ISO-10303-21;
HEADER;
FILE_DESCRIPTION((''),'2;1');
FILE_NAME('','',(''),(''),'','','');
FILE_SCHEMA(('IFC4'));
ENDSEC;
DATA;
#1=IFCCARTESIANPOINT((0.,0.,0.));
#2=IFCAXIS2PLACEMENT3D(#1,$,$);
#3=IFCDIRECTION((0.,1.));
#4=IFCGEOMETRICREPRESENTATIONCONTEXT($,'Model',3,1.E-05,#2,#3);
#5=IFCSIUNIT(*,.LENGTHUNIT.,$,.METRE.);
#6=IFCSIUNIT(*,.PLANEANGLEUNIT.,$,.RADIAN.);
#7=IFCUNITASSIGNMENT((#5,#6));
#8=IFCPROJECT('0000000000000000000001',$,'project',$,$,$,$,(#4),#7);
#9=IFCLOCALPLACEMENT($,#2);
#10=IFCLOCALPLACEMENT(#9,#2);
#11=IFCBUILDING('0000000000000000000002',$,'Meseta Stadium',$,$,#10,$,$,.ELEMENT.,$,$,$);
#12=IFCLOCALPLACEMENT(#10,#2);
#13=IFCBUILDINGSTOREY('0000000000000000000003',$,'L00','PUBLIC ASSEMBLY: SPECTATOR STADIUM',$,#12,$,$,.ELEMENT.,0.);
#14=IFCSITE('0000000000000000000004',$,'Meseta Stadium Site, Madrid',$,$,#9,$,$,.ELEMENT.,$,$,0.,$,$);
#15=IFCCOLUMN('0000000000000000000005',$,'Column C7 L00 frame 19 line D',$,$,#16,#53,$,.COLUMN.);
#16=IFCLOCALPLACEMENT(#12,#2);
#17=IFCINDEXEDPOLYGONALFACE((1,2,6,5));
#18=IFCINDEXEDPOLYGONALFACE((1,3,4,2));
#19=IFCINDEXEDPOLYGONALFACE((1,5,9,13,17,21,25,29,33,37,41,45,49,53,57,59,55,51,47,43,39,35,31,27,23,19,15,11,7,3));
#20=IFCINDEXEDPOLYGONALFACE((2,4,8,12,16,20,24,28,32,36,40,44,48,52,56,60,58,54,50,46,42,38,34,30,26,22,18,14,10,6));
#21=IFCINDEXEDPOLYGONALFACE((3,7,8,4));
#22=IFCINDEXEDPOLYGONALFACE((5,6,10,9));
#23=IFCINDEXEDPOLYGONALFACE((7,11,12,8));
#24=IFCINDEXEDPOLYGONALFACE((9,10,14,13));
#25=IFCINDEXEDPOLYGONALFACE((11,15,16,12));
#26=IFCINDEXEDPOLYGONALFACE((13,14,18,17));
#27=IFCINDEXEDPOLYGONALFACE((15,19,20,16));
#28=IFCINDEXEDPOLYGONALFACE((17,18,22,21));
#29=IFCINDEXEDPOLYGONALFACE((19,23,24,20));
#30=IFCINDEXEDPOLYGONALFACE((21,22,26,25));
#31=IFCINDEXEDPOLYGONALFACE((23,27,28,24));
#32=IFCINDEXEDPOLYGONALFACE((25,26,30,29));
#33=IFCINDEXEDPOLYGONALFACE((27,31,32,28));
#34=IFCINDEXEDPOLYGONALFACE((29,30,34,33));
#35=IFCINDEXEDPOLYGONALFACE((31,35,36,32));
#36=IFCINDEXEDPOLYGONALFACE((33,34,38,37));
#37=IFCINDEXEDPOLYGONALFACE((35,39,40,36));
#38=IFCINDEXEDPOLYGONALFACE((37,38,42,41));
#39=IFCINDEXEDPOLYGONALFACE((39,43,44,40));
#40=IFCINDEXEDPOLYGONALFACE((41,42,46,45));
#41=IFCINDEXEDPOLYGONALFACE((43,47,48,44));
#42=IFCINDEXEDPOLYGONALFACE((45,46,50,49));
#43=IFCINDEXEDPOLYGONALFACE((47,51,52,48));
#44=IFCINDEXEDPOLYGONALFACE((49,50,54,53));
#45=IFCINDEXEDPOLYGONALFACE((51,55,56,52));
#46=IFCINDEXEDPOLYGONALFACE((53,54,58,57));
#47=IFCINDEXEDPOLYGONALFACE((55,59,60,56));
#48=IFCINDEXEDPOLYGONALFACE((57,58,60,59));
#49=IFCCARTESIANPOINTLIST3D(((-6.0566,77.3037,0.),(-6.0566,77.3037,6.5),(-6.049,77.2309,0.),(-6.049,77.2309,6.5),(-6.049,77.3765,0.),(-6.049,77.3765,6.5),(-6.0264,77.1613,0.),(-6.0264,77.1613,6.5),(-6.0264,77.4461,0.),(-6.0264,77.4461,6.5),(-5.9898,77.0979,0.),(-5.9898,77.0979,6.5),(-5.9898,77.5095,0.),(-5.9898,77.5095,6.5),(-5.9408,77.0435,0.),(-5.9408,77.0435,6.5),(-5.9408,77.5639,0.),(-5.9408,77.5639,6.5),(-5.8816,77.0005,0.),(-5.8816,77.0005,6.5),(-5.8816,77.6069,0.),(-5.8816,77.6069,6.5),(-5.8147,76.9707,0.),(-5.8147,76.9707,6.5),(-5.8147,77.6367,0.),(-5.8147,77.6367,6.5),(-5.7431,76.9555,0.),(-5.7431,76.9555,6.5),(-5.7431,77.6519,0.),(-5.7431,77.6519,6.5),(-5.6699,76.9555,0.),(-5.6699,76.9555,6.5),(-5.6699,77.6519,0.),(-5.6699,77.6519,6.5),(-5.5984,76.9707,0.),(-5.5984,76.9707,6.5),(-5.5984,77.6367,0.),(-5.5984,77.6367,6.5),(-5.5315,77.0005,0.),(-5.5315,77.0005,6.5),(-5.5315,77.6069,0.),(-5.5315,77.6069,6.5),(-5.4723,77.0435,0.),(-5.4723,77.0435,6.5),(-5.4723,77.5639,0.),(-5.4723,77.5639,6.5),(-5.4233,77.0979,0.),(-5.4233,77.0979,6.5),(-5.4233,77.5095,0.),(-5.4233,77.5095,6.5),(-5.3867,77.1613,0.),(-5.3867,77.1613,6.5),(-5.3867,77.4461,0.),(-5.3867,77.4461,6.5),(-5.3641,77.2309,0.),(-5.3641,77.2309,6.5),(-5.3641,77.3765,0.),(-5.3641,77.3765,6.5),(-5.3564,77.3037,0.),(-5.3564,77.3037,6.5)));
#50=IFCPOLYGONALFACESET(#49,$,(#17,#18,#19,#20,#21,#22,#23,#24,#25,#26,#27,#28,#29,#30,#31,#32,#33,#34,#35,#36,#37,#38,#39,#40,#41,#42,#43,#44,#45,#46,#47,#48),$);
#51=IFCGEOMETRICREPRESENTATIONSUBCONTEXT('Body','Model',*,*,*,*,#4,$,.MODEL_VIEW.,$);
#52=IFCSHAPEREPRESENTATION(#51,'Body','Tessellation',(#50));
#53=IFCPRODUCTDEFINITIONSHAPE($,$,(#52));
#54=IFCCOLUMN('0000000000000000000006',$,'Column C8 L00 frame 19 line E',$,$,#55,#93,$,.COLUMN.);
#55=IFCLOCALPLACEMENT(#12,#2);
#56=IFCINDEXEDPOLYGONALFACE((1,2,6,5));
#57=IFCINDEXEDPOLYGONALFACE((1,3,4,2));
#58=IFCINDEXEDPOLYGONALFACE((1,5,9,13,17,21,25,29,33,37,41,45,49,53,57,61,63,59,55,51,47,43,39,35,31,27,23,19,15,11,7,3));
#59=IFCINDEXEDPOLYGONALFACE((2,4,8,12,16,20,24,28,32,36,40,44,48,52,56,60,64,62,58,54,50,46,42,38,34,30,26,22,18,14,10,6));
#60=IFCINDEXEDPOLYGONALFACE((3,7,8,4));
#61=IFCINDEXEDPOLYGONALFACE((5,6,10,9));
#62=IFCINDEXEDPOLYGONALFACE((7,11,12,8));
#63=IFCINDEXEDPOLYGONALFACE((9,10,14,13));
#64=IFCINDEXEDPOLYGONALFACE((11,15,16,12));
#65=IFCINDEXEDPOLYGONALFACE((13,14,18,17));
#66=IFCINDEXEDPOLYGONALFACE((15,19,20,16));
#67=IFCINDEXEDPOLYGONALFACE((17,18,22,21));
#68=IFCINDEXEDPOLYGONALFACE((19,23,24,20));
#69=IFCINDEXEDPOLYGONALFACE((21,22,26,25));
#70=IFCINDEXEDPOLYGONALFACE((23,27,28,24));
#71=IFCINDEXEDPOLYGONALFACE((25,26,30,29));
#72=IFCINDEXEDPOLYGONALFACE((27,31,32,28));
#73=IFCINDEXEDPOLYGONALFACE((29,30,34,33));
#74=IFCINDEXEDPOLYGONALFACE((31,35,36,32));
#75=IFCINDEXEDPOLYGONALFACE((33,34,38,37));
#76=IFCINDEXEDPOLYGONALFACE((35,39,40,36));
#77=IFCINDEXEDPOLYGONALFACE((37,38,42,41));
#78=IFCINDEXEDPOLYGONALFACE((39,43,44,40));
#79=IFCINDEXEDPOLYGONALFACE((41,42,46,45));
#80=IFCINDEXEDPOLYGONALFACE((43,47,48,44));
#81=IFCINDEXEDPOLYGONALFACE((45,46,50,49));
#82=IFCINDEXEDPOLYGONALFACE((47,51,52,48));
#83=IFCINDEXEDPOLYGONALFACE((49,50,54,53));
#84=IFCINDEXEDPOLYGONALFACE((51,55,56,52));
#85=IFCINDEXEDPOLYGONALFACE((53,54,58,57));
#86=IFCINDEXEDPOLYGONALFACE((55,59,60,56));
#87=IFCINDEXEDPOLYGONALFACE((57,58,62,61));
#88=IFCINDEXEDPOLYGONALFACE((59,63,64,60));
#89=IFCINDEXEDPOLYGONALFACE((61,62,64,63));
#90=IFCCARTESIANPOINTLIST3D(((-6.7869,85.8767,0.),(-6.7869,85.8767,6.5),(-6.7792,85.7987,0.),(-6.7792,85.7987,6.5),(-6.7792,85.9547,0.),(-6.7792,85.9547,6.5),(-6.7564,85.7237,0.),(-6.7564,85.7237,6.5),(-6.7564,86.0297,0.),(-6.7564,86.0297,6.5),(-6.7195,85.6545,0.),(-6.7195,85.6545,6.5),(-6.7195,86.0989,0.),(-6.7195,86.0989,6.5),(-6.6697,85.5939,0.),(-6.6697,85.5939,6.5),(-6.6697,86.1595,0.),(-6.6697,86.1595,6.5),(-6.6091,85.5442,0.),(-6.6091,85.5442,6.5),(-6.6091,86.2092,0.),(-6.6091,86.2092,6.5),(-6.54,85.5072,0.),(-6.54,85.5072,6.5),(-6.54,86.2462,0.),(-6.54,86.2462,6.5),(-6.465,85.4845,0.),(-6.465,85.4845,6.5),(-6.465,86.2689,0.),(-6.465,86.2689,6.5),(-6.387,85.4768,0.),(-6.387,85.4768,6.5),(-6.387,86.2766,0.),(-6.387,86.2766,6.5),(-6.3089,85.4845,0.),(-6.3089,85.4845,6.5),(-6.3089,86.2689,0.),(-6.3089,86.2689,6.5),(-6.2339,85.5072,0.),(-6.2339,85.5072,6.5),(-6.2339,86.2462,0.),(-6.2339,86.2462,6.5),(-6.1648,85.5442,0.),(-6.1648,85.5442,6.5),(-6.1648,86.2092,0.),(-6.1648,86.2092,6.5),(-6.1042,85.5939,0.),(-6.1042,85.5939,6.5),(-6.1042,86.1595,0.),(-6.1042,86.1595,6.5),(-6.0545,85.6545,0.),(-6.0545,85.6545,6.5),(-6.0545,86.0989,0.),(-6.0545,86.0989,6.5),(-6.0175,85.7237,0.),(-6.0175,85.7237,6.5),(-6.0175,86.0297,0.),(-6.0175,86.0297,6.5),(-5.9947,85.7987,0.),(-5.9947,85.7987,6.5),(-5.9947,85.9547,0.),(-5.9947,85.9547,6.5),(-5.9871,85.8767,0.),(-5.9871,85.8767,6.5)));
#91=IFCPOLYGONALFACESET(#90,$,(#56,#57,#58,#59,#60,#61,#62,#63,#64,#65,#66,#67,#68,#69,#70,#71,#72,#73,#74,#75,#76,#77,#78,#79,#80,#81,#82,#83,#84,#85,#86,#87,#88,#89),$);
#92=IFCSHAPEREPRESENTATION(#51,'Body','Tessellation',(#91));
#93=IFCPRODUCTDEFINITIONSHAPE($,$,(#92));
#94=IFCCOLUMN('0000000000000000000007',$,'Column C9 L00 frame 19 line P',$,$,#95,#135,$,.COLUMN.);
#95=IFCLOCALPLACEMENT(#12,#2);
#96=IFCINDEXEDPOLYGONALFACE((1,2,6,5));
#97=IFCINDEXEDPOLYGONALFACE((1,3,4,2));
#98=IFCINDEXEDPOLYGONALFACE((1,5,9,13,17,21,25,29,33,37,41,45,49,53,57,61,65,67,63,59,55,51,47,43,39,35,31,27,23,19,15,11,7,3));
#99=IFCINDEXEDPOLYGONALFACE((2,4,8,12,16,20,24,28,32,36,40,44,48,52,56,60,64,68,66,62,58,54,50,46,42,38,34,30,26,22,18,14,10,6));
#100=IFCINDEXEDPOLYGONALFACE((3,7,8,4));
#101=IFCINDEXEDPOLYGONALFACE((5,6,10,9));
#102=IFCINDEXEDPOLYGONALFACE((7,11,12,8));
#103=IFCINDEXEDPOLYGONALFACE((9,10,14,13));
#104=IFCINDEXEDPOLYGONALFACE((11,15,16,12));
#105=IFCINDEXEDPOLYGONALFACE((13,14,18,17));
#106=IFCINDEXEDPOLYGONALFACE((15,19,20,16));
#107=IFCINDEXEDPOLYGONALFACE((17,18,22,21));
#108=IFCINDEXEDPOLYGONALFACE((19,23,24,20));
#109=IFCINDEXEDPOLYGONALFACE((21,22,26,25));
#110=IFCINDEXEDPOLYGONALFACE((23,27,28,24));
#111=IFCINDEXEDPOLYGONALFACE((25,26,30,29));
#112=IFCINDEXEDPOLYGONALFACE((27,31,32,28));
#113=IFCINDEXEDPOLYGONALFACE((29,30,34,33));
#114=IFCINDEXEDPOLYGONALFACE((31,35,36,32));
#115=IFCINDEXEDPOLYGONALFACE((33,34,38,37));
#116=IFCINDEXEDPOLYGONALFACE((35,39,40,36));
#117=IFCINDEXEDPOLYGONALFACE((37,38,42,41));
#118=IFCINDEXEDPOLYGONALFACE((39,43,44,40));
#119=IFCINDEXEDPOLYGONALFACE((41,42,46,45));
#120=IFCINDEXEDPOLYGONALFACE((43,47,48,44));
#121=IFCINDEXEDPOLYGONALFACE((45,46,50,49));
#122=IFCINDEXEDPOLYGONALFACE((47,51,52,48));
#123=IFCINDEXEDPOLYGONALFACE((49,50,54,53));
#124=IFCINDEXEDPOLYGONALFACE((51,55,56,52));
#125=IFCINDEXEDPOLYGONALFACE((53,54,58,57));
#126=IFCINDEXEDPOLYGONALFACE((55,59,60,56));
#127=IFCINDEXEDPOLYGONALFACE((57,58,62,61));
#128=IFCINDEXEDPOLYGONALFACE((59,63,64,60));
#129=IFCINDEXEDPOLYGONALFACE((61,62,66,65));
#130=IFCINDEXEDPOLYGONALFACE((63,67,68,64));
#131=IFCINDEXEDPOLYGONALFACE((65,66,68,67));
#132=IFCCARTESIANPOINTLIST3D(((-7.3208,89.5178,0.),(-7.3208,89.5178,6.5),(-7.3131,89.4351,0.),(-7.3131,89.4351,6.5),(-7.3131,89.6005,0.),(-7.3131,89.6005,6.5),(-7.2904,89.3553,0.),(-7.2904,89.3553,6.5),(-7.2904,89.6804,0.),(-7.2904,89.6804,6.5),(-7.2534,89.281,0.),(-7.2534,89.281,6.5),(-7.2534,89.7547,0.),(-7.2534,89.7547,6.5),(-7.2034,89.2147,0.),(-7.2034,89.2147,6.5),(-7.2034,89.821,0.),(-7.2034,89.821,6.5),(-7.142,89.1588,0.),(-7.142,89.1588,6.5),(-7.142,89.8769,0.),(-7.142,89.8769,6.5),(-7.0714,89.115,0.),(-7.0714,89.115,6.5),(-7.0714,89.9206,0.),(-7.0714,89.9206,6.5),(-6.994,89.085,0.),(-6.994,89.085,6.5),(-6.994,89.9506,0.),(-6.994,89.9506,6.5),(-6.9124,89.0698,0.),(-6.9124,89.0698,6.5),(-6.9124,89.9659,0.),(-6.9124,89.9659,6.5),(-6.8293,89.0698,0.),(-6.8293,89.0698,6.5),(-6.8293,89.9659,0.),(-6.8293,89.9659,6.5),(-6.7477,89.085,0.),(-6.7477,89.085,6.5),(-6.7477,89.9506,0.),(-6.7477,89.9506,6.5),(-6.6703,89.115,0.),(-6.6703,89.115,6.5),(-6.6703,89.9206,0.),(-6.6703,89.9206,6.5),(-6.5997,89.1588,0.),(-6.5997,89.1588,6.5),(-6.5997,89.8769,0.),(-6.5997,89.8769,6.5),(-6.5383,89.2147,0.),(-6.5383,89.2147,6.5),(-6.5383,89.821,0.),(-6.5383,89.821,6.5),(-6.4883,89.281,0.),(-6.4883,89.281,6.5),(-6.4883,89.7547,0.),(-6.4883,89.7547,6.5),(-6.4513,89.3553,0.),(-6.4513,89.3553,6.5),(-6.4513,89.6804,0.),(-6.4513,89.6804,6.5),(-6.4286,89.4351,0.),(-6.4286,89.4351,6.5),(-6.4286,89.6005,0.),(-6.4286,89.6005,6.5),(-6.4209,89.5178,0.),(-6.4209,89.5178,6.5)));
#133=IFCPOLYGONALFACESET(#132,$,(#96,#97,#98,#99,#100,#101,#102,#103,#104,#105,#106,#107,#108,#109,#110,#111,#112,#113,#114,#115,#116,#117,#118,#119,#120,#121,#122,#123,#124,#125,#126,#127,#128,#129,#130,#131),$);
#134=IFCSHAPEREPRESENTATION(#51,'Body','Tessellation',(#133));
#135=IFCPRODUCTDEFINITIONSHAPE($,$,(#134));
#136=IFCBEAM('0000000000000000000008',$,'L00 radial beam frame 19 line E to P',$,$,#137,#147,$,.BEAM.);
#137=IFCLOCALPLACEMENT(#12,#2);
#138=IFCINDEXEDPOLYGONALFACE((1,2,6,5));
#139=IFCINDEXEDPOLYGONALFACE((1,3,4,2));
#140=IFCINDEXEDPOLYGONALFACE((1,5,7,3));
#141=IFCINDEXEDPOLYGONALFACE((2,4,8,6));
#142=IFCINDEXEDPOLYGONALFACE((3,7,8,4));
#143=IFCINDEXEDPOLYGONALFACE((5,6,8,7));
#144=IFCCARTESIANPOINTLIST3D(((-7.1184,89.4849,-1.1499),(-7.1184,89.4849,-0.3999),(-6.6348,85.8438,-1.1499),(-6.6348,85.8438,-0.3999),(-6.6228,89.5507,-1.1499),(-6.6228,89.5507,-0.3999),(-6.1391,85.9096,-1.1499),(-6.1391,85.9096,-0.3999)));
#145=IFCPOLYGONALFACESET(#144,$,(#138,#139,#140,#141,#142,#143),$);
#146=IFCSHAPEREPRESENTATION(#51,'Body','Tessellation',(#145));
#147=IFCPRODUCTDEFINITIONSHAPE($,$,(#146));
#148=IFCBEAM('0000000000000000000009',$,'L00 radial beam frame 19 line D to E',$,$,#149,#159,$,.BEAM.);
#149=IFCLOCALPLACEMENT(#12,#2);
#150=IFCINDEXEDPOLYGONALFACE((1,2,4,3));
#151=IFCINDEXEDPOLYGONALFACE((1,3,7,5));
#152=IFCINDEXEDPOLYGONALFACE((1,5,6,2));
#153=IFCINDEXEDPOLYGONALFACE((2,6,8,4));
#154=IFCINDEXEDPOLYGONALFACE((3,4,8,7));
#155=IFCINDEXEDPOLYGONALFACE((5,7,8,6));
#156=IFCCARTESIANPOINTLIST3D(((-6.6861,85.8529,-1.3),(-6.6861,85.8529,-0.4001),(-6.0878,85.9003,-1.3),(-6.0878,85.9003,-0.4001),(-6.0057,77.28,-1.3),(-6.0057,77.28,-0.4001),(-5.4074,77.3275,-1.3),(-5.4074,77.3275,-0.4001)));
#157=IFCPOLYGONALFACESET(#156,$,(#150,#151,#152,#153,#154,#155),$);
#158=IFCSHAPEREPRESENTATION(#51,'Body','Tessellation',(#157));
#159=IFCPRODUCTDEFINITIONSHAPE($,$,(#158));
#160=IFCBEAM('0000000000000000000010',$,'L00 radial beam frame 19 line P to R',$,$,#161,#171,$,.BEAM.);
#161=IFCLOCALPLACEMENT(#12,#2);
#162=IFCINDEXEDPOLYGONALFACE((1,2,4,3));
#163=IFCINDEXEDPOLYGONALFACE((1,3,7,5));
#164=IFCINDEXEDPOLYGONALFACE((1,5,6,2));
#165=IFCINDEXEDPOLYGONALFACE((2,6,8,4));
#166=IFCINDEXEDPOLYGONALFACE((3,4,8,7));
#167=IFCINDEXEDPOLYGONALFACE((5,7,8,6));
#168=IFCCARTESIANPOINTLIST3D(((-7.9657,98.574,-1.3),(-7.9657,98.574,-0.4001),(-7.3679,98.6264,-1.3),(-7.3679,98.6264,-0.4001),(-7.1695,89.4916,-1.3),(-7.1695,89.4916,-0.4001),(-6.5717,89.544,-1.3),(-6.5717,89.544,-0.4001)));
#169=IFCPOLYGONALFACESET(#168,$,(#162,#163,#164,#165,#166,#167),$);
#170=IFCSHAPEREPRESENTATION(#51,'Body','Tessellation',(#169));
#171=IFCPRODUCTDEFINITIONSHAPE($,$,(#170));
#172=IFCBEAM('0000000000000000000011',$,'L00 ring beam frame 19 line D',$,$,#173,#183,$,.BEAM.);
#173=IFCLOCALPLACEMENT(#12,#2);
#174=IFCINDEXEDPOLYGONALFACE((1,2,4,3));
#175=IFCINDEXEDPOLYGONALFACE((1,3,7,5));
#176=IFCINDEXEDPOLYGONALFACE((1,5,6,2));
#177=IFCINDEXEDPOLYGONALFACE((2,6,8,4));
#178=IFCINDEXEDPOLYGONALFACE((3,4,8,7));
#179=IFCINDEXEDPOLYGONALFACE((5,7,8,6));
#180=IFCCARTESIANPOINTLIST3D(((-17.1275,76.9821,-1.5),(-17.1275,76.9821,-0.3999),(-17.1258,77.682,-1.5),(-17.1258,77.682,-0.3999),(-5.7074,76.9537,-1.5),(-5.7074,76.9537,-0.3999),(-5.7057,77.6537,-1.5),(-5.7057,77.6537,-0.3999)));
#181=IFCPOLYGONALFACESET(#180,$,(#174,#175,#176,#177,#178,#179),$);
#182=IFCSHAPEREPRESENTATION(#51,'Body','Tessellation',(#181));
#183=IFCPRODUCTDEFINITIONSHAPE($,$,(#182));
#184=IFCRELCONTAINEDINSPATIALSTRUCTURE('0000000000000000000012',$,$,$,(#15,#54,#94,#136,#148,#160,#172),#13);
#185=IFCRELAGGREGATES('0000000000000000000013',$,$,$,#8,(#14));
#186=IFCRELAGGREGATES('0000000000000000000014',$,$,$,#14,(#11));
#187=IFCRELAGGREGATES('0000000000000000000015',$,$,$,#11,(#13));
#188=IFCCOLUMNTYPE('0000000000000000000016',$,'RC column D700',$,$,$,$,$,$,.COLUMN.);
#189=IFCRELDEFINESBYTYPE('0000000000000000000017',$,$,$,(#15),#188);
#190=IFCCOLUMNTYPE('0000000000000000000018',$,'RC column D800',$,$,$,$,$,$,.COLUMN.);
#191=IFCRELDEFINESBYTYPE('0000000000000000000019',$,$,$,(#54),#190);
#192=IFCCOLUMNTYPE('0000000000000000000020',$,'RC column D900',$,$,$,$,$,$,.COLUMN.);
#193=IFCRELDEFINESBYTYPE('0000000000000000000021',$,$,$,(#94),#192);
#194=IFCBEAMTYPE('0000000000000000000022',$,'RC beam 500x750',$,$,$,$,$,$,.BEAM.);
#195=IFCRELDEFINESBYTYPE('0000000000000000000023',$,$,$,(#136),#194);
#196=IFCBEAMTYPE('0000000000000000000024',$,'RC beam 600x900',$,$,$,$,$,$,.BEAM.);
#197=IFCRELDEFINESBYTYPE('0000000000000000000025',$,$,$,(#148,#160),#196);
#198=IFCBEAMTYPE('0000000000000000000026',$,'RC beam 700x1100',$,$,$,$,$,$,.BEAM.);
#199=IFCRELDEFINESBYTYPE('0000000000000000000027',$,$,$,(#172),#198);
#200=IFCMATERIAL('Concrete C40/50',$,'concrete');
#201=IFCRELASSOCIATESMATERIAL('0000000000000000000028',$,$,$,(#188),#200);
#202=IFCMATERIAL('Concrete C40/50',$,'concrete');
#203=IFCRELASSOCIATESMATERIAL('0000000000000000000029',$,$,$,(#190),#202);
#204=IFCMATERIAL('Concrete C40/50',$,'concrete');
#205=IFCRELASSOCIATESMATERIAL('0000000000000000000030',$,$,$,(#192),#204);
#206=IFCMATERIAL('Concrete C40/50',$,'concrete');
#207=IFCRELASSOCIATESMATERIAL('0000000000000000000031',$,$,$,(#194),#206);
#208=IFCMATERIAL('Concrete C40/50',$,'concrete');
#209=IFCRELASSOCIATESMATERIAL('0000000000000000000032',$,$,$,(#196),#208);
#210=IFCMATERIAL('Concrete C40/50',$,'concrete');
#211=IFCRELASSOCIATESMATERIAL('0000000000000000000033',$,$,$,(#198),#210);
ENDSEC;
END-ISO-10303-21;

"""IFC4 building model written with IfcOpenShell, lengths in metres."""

from ifc_helpers import new_model, si_unit, direction, frame, origin, origin_2d, place, context, subcontext, project, spatial, rectangle, circle, extrude, material, material_profile, profile_set, type_object, element, save


model = new_model("IFC4")

# Units and contexts
model_context = context("Model", 3, precision=1e-05, world=origin(), true_north=direction((0.0, 1.0)))
body_context = subcontext(model_context, "Body", "Model", "MODEL_VIEW")
ifc_project = project(units=[si_unit("LENGTHUNIT", "METRE"), si_unit("PLANEANGLEUNIT", "RADIAN")], contexts=[model_context])

# Site, building, storey
site_placement = place(None, origin())
site = spatial("IfcSite", under=ifc_project, at=site_placement, Name="Meseta Stadium Site, Madrid", CompositionType="ELEMENT", RefElevation=0.0)
building_placement = place(site_placement, origin())
building = spatial("IfcBuilding", under=site, at=building_placement, Name="Meseta Stadium", CompositionType="ELEMENT")
storey_placement = place(building_placement, origin())
storey = spatial("IfcBuildingStorey", under=building, at=storey_placement, Name="L00", Description="PUBLIC ASSEMBLY: SPECTATOR STADIUM", CompositionType="ELEMENT", Elevation=0.0)

# Columns
ifc_material_1 = material(Name="Concrete C40/50", Category="concrete")
ifc_material_profile_1 = material_profile(ifc_material_1, circle(Radius=0.3501, at=origin_2d()), Name="RC D700")
ifc_profile_set_1 = profile_set([ifc_material_profile_1], Name="Concrete C40/50")
column_type_1 = type_object("IfcColumnType", Name="RC column D700", PredefinedType="COLUMN", material=ifc_profile_set_1)
column_1_placement = place(storey_placement, frame((-5.7065, 77.3037, 0.0), z_axis=(0.0, 0.0, 1.0), x_axis=(1.0, 0.0, 0.0)))
element("IfcColumn", 1, at=column_1_placement, inside=storey, type_object=column_type_1, Name="Column C7 L00 frame 19 line D", PredefinedType="COLUMN", context=body_context, shape_type="SweptSolid", body=[
    extrude(circle(Radius=0.3501, at=origin_2d()), origin(), (0.0, 0.0, 1.0), 6.5),
])
ifc_material_2 = material(Name="Concrete C40/50", Category="concrete")
ifc_material_profile_2 = material_profile(ifc_material_2, circle(Radius=0.3999, at=origin_2d()), Name="RC D800")
ifc_profile_set_2 = profile_set([ifc_material_profile_2], Name="Concrete C40/50")
column_type_2 = type_object("IfcColumnType", Name="RC column D800", PredefinedType="COLUMN", material=ifc_profile_set_2)
column_2_placement = place(storey_placement, frame((-6.387, 85.8767, 0.0), z_axis=(0.0, 0.0, 1.0), x_axis=(1.0, 0.0, 0.0)))
element("IfcColumn", 2, at=column_2_placement, inside=storey, type_object=column_type_2, Name="Column C8 L00 frame 19 line E", PredefinedType="COLUMN", context=body_context, shape_type="SweptSolid", body=[
    extrude(circle(Radius=0.3999, at=origin_2d()), origin(), (0.0, 0.0, 1.0), 6.5),
])
ifc_material_3 = material(Name="Concrete C40/50", Category="concrete")
ifc_material_profile_3 = material_profile(ifc_material_3, circle(Radius=0.45, at=origin_2d()), Name="RC D900")
ifc_profile_set_3 = profile_set([ifc_material_profile_3], Name="Concrete C40/50")
column_type_3 = type_object("IfcColumnType", Name="RC column D900", PredefinedType="COLUMN", material=ifc_profile_set_3)
column_3_placement = place(storey_placement, frame((-6.8708, 89.5178, 0.0), z_axis=(0.0, 0.0, 1.0), x_axis=(1.0, 0.0, 0.0)))
element("IfcColumn", 3, at=column_3_placement, inside=storey, type_object=column_type_3, Name="Column C9 L00 frame 19 line P", PredefinedType="COLUMN", context=body_context, shape_type="SweptSolid", body=[
    extrude(circle(Radius=0.45, at=origin_2d()), origin(), (0.0, 0.0, 1.0), 6.5),
])

# Beams
ifc_material_4 = material(Name="Concrete C40/50", Category="concrete")
ifc_material_profile_4 = material_profile(ifc_material_4, rectangle(XDim=0.5, YDim=0.75, at=origin_2d()), Name="RC 500x750")
ifc_profile_set_4 = profile_set([ifc_material_profile_4], Name="Concrete C40/50")
beam_type_1 = type_object("IfcBeamType", Name="RC beam 500x750", PredefinedType="BEAM", material=ifc_profile_set_4)
beam_1_placement = place(storey_placement, frame((-6.387, 85.8767, -0.7749), z_axis=(-0.131672, 0.991293, 0.0), x_axis=(-0.991293, -0.131672, 0.0)))
element("IfcBeam", 4, at=beam_1_placement, inside=storey, type_object=beam_type_1, Name="L00 radial beam frame 19 line E to P", PredefinedType="BEAM", context=body_context, shape_type="SweptSolid", body=[
    extrude(rectangle(XDim=0.5, YDim=0.75, at=origin_2d()), origin(), (0.0, 0.0, 1.0), 3.6731),
])
ifc_material_5 = material(Name="Concrete C40/50", Category="concrete")
ifc_material_profile_5 = material_profile(ifc_material_5, rectangle(XDim=0.6001, YDim=0.8999, at=origin_2d()), Name="RC 600x900")
ifc_profile_set_5 = profile_set([ifc_material_profile_5], Name="Concrete C40/50")
beam_type_2 = type_object("IfcBeamType", Name="RC beam 600x900", PredefinedType="BEAM", material=ifc_profile_set_5)
beam_2_placement = place(storey_placement, frame((-5.7065, 77.3037, -0.8501), z_axis=(-0.079119, 0.996865, 0.0), x_axis=(-0.996865, -0.079119, 0.0)))
element("IfcBeam", 5, at=beam_2_placement, inside=storey, type_object=beam_type_2, Name="L00 radial beam frame 19 line D to E", PredefinedType="BEAM", context=body_context, shape_type="SweptSolid", body=[
    extrude(rectangle(XDim=0.6001, YDim=0.8999, at=origin_2d()), origin(), (0.0, 0.0, 1.0), 8.5999),
])
beam_3_placement = place(storey_placement, frame((-6.8706, 89.5178, -0.8501), z_axis=(-0.087324, 0.99618, 0.0), x_axis=(-0.99618, -0.087324, 0.0)))
element("IfcBeam", 6, at=beam_3_placement, inside=storey, type_object=beam_type_2, Name="L00 radial beam frame 19 line P to R", PredefinedType="BEAM", context=body_context, shape_type="SweptSolid", body=[
    extrude(rectangle(XDim=0.6001, YDim=0.8999, at=origin_2d()), origin(), (0.0, 0.0, 1.0), 9.1172),
])
ifc_material_6 = material(Name="Concrete C40/50", Category="concrete")
ifc_material_profile_6 = material_profile(ifc_material_6, rectangle(XDim=0.7, YDim=1.1001, at=origin_2d()), Name="RC 700x1100")
ifc_profile_set_6 = profile_set([ifc_material_profile_6], Name="Concrete C40/50")
beam_type_3 = type_object("IfcBeamType", Name="RC beam 700x1100", PredefinedType="BEAM", material=ifc_profile_set_6)
beam_4_placement = place(storey_placement, frame((-5.7065, 77.3037, -0.95), z_axis=(-0.999997, 0.00248, 0.0), x_axis=(-0.00248, -0.999997, 0.0)))
element("IfcBeam", 7, at=beam_4_placement, inside=storey, type_object=beam_type_3, Name="L00 ring beam frame 19 line D", PredefinedType="BEAM", context=body_context, shape_type="SweptSolid", body=[
    extrude(rectangle(XDim=0.7, YDim=1.1001, at=origin_2d()), origin(), (0.0, 0.0, 1.0), 11.4202),
])

save(model, "model.ifc")
